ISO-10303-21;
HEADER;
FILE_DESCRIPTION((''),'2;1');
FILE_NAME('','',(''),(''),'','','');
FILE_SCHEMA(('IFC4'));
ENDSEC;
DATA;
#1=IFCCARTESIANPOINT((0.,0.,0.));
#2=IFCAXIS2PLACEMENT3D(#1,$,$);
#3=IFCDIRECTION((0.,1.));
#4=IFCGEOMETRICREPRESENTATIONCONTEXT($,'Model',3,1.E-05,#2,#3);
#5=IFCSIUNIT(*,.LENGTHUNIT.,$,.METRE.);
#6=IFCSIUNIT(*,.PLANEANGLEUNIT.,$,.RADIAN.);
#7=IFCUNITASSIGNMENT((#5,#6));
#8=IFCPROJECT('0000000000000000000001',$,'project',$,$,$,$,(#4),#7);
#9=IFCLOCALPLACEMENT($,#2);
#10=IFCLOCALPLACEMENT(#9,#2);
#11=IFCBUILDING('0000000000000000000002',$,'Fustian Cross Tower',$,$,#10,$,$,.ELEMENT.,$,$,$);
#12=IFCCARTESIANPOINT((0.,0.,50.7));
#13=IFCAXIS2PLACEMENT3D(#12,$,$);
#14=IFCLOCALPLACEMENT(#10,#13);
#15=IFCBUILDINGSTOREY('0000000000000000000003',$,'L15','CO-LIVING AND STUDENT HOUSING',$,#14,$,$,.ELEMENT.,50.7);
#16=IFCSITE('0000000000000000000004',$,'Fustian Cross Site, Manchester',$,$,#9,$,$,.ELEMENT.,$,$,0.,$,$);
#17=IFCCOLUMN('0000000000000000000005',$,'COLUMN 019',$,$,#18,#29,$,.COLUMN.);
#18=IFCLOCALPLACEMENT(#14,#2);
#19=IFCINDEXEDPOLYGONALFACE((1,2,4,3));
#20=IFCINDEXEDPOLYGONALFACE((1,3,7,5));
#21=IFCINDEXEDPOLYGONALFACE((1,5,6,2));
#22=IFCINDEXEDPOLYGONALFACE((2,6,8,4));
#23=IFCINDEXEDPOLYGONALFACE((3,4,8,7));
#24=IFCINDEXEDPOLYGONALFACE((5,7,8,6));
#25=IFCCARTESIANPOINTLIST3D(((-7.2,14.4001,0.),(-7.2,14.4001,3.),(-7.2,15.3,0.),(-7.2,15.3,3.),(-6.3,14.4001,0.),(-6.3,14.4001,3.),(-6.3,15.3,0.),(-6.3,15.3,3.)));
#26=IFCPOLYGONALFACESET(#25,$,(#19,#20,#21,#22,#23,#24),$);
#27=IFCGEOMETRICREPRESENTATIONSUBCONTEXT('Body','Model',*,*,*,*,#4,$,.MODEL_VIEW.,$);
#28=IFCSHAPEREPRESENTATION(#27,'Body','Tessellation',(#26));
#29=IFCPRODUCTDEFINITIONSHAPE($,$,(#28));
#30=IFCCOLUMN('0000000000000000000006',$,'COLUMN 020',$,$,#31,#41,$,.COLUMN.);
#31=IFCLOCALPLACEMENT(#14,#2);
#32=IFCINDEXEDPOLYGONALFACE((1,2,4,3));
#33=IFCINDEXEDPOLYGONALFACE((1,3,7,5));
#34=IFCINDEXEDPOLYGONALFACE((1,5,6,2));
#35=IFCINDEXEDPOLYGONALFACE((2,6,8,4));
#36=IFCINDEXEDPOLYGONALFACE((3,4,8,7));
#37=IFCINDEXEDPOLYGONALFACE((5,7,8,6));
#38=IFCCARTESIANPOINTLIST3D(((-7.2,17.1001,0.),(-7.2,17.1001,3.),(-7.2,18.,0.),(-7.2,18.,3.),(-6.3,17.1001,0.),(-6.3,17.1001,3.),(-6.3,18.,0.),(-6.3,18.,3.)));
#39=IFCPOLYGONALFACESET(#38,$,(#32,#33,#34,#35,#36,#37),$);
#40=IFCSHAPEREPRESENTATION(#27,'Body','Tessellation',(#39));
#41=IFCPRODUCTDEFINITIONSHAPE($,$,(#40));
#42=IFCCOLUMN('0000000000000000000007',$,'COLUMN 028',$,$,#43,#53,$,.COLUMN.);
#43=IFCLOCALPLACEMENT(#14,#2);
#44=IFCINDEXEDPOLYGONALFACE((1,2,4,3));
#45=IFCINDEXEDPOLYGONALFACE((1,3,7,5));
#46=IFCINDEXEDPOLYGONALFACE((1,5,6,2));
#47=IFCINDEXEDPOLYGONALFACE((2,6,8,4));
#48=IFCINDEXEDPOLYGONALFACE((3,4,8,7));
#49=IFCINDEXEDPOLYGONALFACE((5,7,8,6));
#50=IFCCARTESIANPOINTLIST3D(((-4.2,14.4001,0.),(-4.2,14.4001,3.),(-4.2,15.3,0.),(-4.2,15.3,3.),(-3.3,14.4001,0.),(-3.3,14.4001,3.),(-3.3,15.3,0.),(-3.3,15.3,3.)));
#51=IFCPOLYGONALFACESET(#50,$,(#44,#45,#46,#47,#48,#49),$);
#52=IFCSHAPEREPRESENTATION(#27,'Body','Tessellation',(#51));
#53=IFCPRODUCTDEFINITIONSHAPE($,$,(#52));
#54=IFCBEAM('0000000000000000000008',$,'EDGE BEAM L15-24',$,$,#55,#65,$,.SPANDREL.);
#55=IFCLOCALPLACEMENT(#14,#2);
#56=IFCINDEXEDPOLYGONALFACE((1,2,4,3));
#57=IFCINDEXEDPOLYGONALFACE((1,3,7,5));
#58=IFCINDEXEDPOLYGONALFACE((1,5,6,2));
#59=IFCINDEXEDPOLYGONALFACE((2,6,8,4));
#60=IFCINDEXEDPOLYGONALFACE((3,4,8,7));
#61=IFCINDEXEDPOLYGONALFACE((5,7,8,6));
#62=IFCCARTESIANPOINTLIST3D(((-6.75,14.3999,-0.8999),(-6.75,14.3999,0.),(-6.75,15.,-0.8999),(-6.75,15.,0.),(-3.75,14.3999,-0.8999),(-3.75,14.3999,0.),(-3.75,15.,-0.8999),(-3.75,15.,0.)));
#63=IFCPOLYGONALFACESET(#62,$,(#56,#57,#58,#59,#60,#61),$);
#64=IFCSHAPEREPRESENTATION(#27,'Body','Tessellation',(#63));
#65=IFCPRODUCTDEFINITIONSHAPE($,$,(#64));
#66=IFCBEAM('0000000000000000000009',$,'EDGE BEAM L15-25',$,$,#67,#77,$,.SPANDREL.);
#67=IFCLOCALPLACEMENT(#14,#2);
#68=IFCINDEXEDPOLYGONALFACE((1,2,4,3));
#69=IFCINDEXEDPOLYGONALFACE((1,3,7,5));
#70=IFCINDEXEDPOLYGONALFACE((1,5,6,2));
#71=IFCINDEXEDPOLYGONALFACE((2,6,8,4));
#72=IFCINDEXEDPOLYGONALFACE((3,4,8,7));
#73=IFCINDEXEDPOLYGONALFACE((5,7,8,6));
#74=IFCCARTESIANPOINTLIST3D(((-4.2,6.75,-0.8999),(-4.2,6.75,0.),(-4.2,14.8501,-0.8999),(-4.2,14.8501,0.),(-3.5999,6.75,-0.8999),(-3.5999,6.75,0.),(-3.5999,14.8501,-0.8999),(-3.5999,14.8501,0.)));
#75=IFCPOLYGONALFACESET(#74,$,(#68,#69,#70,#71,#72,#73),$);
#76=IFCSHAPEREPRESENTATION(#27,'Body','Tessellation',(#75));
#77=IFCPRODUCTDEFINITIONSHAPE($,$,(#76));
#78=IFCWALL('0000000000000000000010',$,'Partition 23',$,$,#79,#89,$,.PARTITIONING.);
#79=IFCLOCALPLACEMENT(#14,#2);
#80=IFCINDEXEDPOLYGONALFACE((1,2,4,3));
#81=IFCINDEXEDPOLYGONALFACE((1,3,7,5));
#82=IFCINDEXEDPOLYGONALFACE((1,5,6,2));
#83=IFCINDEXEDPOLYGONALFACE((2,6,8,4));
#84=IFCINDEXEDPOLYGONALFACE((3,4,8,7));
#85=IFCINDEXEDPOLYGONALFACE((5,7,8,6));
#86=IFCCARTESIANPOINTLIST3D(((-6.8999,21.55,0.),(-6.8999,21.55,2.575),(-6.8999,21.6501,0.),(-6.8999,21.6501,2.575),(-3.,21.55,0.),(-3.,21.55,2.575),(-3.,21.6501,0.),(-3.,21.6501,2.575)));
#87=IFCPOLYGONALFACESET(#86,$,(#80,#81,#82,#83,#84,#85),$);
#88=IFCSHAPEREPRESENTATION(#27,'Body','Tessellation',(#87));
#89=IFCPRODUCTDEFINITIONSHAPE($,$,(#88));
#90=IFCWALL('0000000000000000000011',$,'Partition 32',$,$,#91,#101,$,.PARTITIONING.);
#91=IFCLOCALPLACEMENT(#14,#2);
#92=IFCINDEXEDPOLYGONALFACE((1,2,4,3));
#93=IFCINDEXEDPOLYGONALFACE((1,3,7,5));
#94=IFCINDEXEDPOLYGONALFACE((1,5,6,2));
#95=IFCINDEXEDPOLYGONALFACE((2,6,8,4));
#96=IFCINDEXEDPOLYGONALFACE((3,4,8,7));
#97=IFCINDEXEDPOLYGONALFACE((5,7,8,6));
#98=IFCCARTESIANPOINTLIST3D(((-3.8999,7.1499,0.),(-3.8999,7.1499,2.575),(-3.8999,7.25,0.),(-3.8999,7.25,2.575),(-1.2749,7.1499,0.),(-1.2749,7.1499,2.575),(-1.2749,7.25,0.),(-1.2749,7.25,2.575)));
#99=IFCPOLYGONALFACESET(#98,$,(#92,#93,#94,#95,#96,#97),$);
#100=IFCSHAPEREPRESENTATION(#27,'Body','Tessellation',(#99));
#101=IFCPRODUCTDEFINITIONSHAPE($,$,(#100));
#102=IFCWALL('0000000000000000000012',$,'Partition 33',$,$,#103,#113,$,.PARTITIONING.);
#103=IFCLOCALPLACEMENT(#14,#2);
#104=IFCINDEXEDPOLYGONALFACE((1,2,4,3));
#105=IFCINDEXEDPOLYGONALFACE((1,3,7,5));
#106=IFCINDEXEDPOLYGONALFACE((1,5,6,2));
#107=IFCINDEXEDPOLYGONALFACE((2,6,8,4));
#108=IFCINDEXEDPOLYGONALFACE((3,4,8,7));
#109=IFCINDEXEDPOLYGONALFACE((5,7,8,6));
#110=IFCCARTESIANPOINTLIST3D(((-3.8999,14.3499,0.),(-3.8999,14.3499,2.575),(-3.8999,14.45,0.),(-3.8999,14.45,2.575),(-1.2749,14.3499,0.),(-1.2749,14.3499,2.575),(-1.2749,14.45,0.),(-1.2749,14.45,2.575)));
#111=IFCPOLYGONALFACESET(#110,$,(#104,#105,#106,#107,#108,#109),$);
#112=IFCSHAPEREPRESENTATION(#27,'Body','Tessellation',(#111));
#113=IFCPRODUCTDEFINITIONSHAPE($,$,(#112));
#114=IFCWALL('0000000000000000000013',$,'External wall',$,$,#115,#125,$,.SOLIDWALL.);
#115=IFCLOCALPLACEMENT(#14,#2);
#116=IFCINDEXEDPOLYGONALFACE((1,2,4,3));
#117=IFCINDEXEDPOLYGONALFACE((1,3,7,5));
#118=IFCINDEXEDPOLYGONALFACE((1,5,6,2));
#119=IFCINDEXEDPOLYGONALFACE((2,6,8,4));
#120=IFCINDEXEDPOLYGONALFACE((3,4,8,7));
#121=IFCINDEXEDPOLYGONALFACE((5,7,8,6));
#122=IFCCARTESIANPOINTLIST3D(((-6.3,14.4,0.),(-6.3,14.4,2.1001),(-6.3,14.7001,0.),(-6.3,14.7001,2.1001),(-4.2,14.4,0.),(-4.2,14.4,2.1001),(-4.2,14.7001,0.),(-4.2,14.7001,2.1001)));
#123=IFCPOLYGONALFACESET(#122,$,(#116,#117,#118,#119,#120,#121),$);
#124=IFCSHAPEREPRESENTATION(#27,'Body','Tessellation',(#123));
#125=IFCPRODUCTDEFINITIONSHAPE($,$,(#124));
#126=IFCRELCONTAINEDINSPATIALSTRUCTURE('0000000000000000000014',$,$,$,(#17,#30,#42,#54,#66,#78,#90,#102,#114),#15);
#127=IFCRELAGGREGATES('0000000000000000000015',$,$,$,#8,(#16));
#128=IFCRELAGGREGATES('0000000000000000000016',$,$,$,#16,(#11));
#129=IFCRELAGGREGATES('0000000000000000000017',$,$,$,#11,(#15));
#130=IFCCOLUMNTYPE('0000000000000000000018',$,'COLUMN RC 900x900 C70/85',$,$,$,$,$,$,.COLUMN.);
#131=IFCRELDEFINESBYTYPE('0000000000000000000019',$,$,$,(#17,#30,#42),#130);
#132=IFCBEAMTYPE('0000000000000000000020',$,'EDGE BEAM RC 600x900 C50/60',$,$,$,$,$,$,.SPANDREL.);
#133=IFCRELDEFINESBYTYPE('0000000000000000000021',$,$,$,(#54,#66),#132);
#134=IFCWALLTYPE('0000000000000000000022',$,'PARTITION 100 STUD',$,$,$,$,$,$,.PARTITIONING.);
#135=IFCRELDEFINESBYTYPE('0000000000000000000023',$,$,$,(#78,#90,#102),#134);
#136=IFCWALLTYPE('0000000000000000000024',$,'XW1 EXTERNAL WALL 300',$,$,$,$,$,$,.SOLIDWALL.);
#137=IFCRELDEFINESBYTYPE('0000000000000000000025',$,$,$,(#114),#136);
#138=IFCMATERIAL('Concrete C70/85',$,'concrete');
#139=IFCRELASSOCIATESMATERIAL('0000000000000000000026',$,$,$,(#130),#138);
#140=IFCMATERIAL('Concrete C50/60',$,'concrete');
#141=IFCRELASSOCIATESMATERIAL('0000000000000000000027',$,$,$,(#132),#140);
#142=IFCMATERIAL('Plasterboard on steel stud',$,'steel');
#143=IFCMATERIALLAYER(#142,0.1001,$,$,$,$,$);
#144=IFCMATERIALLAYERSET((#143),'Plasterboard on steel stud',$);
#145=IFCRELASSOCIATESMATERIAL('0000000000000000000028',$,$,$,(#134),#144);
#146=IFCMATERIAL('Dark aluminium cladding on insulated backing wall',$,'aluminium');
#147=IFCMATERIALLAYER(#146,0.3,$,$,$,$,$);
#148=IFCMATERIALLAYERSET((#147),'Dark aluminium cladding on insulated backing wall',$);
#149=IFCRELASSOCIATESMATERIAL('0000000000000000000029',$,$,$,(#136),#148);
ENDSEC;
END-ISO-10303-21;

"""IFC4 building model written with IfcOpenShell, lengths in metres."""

from ifc_helpers import new_model, si_unit, direction, frame, frame_2d, origin, origin_2d, place, context, subcontext, project, spatial, rectangle, extrude, material, layer, layer_set, material_profile, profile_set, type_object, element, save


model = new_model("IFC4")

# Units and contexts
model_context = context("Model", 3, precision=1e-05, world=origin(), true_north=direction((0.0, 1.0)))
body_context = subcontext(model_context, "Body", "Model", "MODEL_VIEW")
ifc_project = project(units=[si_unit("LENGTHUNIT", "METRE"), si_unit("PLANEANGLEUNIT", "RADIAN")], contexts=[model_context])

# Site, building, storey
site_placement = place(None, origin())
site = spatial("IfcSite", under=ifc_project, at=site_placement, Name="Fustian Cross Site, Manchester", CompositionType="ELEMENT", RefElevation=0.0)
building_placement = place(site_placement, origin())
building = spatial("IfcBuilding", under=site, at=building_placement, Name="Fustian Cross Tower", CompositionType="ELEMENT")
storey_placement = place(building_placement, frame((0.0, 0.0, 50.7)))
storey = spatial("IfcBuildingStorey", under=building, at=storey_placement, Name="L15", Description="CO-LIVING AND STUDENT HOUSING", CompositionType="ELEMENT", Elevation=50.7)

# Columns
ifc_material_1 = material(Name="Concrete C70/85", Category="concrete")
ifc_material_profile_1 = material_profile(ifc_material_1, rectangle(XDim=0.8999, YDim=0.8999, at=origin_2d()), Name="RC 900x900")
ifc_profile_set_1 = profile_set([ifc_material_profile_1], Name="Concrete C70/85")
column_type = type_object("IfcColumnType", Name="COLUMN RC 900x900 C70/85", PredefinedType="COLUMN", material=ifc_profile_set_1)
for number, where, z_axis, x_axis, name in (
    (1, (-6.75, 14.8501, 0.0), (0.0, 0.0, 1.0), (1.0, 0.0, 0.0), "COLUMN 019"),
    (2, (-6.75, 17.55, 0.0), (0.0, 0.0, 1.0), (1.0, 0.0, 0.0), "COLUMN 020"),
    (3, (-3.75, 14.8501, 0.0), (0.0, 0.0, 1.0), (1.0, 0.0, 0.0), "COLUMN 028"),
):
    element("IfcColumn", number, at=place(storey_placement, frame(where, z_axis=z_axis, x_axis=x_axis)), inside=storey, type_object=column_type, Name=name, PredefinedType="COLUMN", context=body_context, shape_type="SweptSolid", body=[
        extrude(rectangle(XDim=0.8999, YDim=0.8999, at=origin_2d()), origin(), (0.0, 0.0, 1.0), 3.0),
    ])

# Beams
ifc_material_2 = material(Name="Concrete C50/60", Category="concrete")
ifc_material_profile_2 = material_profile(ifc_material_2, rectangle(XDim=0.6001, YDim=0.8999, at=origin_2d()), Name="RC 600x900")
ifc_profile_set_2 = profile_set([ifc_material_profile_2], Name="Concrete C50/60")
beam_type = type_object("IfcBeamType", Name="EDGE BEAM RC 600x900 C50/60", PredefinedType="SPANDREL", material=ifc_profile_set_2)
beam_1_placement = place(storey_placement, frame((-6.75, 14.7, -0.45), z_axis=(1.0, 0.0, 0.0), x_axis=(0.0, 1.0, 0.0)))
element("IfcBeam", 4, at=beam_1_placement, inside=storey, type_object=beam_type, Name="EDGE BEAM L15-24", PredefinedType="SPANDREL", context=body_context, shape_type="SweptSolid", body=[
    extrude(rectangle(XDim=0.6001, YDim=0.8999, at=origin_2d()), origin(), (0.0, 0.0, 1.0), 3.0),
])
beam_2_placement = place(storey_placement, frame((-3.8999, 14.8501, -0.45), z_axis=(0.0, -1.0, 0.0), x_axis=(1.0, 0.0, 0.0)))
element("IfcBeam", 5, at=beam_2_placement, inside=storey, type_object=beam_type, Name="EDGE BEAM L15-25", PredefinedType="SPANDREL", context=body_context, shape_type="SweptSolid", body=[
    extrude(rectangle(XDim=0.6001, YDim=0.8999, at=origin_2d()), origin(), (0.0, 0.0, 1.0), 8.1001),
])

# Walls
ifc_material_3 = material(Name="Plasterboard on steel stud", Category="steel")
ifc_layer_1 = layer(ifc_material_3, 0.1001)
ifc_layer_set_1 = layer_set([ifc_layer_1], Name="Plasterboard on steel stud")
wall_type_1 = type_object("IfcWallType", Name="PARTITION 100 STUD", PredefinedType="PARTITIONING", material=ifc_layer_set_1)
wall_1_placement = place(storey_placement, frame((-6.8999, 21.6001, 0.0), z_axis=(0.0, 0.0, 1.0), x_axis=(1.0, 0.0, 0.0)))
element("IfcWall", 6, at=wall_1_placement, inside=storey, type_object=wall_type_1, Name="Partition 23", PredefinedType="PARTITIONING", context=body_context, shape_type="SweptSolid", body=[
    extrude(rectangle(XDim=3.8999, YDim=0.1001, at=frame_2d((1.95, 0.0))), origin(), (0.0, 0.0, 1.0), 2.575),
])
for number, where, z_axis, x_axis, name in (
    (7, (-3.8999, 7.2, 0.0), (0.0, 0.0, 1.0), (1.0, 0.0, 0.0), "Partition 32"),
    (8, (-3.8999, 14.3999, 0.0), (0.0, 0.0, 1.0), (1.0, 0.0, 0.0), "Partition 33"),
):
    element("IfcWall", number, at=place(storey_placement, frame(where, z_axis=z_axis, x_axis=x_axis)), inside=storey, type_object=wall_type_1, Name=name, PredefinedType="PARTITIONING", context=body_context, shape_type="SweptSolid", body=[
        extrude(rectangle(XDim=2.625, YDim=0.1001, at=frame_2d((1.3125, 0.0))), origin(), (0.0, 0.0, 1.0), 2.575),
    ])
ifc_material_4 = material(Name="Dark aluminium cladding on insulated backing wall", Category="aluminium")
ifc_layer_2 = layer(ifc_material_4, 0.3)
ifc_layer_set_2 = layer_set([ifc_layer_2], Name="Dark aluminium cladding on insulated backing wall")
wall_type_2 = type_object("IfcWallType", Name="XW1 EXTERNAL WALL 300", PredefinedType="SOLIDWALL", material=ifc_layer_set_2)
wall_2_placement = place(storey_placement, frame((-6.3, 14.55, 0.0), z_axis=(0.0, 0.0, 1.0), x_axis=(1.0, 0.0, 0.0)))
element("IfcWall", 9, at=wall_2_placement, inside=storey, type_object=wall_type_2, Name="External wall", PredefinedType="SOLIDWALL", context=body_context, shape_type="SweptSolid", body=[
    extrude(rectangle(XDim=2.1001, YDim=0.3, at=frame_2d((1.05, 0.0))), origin(), (0.0, 0.0, 1.0), 2.1001),
])

save(model, "model.ifc")
